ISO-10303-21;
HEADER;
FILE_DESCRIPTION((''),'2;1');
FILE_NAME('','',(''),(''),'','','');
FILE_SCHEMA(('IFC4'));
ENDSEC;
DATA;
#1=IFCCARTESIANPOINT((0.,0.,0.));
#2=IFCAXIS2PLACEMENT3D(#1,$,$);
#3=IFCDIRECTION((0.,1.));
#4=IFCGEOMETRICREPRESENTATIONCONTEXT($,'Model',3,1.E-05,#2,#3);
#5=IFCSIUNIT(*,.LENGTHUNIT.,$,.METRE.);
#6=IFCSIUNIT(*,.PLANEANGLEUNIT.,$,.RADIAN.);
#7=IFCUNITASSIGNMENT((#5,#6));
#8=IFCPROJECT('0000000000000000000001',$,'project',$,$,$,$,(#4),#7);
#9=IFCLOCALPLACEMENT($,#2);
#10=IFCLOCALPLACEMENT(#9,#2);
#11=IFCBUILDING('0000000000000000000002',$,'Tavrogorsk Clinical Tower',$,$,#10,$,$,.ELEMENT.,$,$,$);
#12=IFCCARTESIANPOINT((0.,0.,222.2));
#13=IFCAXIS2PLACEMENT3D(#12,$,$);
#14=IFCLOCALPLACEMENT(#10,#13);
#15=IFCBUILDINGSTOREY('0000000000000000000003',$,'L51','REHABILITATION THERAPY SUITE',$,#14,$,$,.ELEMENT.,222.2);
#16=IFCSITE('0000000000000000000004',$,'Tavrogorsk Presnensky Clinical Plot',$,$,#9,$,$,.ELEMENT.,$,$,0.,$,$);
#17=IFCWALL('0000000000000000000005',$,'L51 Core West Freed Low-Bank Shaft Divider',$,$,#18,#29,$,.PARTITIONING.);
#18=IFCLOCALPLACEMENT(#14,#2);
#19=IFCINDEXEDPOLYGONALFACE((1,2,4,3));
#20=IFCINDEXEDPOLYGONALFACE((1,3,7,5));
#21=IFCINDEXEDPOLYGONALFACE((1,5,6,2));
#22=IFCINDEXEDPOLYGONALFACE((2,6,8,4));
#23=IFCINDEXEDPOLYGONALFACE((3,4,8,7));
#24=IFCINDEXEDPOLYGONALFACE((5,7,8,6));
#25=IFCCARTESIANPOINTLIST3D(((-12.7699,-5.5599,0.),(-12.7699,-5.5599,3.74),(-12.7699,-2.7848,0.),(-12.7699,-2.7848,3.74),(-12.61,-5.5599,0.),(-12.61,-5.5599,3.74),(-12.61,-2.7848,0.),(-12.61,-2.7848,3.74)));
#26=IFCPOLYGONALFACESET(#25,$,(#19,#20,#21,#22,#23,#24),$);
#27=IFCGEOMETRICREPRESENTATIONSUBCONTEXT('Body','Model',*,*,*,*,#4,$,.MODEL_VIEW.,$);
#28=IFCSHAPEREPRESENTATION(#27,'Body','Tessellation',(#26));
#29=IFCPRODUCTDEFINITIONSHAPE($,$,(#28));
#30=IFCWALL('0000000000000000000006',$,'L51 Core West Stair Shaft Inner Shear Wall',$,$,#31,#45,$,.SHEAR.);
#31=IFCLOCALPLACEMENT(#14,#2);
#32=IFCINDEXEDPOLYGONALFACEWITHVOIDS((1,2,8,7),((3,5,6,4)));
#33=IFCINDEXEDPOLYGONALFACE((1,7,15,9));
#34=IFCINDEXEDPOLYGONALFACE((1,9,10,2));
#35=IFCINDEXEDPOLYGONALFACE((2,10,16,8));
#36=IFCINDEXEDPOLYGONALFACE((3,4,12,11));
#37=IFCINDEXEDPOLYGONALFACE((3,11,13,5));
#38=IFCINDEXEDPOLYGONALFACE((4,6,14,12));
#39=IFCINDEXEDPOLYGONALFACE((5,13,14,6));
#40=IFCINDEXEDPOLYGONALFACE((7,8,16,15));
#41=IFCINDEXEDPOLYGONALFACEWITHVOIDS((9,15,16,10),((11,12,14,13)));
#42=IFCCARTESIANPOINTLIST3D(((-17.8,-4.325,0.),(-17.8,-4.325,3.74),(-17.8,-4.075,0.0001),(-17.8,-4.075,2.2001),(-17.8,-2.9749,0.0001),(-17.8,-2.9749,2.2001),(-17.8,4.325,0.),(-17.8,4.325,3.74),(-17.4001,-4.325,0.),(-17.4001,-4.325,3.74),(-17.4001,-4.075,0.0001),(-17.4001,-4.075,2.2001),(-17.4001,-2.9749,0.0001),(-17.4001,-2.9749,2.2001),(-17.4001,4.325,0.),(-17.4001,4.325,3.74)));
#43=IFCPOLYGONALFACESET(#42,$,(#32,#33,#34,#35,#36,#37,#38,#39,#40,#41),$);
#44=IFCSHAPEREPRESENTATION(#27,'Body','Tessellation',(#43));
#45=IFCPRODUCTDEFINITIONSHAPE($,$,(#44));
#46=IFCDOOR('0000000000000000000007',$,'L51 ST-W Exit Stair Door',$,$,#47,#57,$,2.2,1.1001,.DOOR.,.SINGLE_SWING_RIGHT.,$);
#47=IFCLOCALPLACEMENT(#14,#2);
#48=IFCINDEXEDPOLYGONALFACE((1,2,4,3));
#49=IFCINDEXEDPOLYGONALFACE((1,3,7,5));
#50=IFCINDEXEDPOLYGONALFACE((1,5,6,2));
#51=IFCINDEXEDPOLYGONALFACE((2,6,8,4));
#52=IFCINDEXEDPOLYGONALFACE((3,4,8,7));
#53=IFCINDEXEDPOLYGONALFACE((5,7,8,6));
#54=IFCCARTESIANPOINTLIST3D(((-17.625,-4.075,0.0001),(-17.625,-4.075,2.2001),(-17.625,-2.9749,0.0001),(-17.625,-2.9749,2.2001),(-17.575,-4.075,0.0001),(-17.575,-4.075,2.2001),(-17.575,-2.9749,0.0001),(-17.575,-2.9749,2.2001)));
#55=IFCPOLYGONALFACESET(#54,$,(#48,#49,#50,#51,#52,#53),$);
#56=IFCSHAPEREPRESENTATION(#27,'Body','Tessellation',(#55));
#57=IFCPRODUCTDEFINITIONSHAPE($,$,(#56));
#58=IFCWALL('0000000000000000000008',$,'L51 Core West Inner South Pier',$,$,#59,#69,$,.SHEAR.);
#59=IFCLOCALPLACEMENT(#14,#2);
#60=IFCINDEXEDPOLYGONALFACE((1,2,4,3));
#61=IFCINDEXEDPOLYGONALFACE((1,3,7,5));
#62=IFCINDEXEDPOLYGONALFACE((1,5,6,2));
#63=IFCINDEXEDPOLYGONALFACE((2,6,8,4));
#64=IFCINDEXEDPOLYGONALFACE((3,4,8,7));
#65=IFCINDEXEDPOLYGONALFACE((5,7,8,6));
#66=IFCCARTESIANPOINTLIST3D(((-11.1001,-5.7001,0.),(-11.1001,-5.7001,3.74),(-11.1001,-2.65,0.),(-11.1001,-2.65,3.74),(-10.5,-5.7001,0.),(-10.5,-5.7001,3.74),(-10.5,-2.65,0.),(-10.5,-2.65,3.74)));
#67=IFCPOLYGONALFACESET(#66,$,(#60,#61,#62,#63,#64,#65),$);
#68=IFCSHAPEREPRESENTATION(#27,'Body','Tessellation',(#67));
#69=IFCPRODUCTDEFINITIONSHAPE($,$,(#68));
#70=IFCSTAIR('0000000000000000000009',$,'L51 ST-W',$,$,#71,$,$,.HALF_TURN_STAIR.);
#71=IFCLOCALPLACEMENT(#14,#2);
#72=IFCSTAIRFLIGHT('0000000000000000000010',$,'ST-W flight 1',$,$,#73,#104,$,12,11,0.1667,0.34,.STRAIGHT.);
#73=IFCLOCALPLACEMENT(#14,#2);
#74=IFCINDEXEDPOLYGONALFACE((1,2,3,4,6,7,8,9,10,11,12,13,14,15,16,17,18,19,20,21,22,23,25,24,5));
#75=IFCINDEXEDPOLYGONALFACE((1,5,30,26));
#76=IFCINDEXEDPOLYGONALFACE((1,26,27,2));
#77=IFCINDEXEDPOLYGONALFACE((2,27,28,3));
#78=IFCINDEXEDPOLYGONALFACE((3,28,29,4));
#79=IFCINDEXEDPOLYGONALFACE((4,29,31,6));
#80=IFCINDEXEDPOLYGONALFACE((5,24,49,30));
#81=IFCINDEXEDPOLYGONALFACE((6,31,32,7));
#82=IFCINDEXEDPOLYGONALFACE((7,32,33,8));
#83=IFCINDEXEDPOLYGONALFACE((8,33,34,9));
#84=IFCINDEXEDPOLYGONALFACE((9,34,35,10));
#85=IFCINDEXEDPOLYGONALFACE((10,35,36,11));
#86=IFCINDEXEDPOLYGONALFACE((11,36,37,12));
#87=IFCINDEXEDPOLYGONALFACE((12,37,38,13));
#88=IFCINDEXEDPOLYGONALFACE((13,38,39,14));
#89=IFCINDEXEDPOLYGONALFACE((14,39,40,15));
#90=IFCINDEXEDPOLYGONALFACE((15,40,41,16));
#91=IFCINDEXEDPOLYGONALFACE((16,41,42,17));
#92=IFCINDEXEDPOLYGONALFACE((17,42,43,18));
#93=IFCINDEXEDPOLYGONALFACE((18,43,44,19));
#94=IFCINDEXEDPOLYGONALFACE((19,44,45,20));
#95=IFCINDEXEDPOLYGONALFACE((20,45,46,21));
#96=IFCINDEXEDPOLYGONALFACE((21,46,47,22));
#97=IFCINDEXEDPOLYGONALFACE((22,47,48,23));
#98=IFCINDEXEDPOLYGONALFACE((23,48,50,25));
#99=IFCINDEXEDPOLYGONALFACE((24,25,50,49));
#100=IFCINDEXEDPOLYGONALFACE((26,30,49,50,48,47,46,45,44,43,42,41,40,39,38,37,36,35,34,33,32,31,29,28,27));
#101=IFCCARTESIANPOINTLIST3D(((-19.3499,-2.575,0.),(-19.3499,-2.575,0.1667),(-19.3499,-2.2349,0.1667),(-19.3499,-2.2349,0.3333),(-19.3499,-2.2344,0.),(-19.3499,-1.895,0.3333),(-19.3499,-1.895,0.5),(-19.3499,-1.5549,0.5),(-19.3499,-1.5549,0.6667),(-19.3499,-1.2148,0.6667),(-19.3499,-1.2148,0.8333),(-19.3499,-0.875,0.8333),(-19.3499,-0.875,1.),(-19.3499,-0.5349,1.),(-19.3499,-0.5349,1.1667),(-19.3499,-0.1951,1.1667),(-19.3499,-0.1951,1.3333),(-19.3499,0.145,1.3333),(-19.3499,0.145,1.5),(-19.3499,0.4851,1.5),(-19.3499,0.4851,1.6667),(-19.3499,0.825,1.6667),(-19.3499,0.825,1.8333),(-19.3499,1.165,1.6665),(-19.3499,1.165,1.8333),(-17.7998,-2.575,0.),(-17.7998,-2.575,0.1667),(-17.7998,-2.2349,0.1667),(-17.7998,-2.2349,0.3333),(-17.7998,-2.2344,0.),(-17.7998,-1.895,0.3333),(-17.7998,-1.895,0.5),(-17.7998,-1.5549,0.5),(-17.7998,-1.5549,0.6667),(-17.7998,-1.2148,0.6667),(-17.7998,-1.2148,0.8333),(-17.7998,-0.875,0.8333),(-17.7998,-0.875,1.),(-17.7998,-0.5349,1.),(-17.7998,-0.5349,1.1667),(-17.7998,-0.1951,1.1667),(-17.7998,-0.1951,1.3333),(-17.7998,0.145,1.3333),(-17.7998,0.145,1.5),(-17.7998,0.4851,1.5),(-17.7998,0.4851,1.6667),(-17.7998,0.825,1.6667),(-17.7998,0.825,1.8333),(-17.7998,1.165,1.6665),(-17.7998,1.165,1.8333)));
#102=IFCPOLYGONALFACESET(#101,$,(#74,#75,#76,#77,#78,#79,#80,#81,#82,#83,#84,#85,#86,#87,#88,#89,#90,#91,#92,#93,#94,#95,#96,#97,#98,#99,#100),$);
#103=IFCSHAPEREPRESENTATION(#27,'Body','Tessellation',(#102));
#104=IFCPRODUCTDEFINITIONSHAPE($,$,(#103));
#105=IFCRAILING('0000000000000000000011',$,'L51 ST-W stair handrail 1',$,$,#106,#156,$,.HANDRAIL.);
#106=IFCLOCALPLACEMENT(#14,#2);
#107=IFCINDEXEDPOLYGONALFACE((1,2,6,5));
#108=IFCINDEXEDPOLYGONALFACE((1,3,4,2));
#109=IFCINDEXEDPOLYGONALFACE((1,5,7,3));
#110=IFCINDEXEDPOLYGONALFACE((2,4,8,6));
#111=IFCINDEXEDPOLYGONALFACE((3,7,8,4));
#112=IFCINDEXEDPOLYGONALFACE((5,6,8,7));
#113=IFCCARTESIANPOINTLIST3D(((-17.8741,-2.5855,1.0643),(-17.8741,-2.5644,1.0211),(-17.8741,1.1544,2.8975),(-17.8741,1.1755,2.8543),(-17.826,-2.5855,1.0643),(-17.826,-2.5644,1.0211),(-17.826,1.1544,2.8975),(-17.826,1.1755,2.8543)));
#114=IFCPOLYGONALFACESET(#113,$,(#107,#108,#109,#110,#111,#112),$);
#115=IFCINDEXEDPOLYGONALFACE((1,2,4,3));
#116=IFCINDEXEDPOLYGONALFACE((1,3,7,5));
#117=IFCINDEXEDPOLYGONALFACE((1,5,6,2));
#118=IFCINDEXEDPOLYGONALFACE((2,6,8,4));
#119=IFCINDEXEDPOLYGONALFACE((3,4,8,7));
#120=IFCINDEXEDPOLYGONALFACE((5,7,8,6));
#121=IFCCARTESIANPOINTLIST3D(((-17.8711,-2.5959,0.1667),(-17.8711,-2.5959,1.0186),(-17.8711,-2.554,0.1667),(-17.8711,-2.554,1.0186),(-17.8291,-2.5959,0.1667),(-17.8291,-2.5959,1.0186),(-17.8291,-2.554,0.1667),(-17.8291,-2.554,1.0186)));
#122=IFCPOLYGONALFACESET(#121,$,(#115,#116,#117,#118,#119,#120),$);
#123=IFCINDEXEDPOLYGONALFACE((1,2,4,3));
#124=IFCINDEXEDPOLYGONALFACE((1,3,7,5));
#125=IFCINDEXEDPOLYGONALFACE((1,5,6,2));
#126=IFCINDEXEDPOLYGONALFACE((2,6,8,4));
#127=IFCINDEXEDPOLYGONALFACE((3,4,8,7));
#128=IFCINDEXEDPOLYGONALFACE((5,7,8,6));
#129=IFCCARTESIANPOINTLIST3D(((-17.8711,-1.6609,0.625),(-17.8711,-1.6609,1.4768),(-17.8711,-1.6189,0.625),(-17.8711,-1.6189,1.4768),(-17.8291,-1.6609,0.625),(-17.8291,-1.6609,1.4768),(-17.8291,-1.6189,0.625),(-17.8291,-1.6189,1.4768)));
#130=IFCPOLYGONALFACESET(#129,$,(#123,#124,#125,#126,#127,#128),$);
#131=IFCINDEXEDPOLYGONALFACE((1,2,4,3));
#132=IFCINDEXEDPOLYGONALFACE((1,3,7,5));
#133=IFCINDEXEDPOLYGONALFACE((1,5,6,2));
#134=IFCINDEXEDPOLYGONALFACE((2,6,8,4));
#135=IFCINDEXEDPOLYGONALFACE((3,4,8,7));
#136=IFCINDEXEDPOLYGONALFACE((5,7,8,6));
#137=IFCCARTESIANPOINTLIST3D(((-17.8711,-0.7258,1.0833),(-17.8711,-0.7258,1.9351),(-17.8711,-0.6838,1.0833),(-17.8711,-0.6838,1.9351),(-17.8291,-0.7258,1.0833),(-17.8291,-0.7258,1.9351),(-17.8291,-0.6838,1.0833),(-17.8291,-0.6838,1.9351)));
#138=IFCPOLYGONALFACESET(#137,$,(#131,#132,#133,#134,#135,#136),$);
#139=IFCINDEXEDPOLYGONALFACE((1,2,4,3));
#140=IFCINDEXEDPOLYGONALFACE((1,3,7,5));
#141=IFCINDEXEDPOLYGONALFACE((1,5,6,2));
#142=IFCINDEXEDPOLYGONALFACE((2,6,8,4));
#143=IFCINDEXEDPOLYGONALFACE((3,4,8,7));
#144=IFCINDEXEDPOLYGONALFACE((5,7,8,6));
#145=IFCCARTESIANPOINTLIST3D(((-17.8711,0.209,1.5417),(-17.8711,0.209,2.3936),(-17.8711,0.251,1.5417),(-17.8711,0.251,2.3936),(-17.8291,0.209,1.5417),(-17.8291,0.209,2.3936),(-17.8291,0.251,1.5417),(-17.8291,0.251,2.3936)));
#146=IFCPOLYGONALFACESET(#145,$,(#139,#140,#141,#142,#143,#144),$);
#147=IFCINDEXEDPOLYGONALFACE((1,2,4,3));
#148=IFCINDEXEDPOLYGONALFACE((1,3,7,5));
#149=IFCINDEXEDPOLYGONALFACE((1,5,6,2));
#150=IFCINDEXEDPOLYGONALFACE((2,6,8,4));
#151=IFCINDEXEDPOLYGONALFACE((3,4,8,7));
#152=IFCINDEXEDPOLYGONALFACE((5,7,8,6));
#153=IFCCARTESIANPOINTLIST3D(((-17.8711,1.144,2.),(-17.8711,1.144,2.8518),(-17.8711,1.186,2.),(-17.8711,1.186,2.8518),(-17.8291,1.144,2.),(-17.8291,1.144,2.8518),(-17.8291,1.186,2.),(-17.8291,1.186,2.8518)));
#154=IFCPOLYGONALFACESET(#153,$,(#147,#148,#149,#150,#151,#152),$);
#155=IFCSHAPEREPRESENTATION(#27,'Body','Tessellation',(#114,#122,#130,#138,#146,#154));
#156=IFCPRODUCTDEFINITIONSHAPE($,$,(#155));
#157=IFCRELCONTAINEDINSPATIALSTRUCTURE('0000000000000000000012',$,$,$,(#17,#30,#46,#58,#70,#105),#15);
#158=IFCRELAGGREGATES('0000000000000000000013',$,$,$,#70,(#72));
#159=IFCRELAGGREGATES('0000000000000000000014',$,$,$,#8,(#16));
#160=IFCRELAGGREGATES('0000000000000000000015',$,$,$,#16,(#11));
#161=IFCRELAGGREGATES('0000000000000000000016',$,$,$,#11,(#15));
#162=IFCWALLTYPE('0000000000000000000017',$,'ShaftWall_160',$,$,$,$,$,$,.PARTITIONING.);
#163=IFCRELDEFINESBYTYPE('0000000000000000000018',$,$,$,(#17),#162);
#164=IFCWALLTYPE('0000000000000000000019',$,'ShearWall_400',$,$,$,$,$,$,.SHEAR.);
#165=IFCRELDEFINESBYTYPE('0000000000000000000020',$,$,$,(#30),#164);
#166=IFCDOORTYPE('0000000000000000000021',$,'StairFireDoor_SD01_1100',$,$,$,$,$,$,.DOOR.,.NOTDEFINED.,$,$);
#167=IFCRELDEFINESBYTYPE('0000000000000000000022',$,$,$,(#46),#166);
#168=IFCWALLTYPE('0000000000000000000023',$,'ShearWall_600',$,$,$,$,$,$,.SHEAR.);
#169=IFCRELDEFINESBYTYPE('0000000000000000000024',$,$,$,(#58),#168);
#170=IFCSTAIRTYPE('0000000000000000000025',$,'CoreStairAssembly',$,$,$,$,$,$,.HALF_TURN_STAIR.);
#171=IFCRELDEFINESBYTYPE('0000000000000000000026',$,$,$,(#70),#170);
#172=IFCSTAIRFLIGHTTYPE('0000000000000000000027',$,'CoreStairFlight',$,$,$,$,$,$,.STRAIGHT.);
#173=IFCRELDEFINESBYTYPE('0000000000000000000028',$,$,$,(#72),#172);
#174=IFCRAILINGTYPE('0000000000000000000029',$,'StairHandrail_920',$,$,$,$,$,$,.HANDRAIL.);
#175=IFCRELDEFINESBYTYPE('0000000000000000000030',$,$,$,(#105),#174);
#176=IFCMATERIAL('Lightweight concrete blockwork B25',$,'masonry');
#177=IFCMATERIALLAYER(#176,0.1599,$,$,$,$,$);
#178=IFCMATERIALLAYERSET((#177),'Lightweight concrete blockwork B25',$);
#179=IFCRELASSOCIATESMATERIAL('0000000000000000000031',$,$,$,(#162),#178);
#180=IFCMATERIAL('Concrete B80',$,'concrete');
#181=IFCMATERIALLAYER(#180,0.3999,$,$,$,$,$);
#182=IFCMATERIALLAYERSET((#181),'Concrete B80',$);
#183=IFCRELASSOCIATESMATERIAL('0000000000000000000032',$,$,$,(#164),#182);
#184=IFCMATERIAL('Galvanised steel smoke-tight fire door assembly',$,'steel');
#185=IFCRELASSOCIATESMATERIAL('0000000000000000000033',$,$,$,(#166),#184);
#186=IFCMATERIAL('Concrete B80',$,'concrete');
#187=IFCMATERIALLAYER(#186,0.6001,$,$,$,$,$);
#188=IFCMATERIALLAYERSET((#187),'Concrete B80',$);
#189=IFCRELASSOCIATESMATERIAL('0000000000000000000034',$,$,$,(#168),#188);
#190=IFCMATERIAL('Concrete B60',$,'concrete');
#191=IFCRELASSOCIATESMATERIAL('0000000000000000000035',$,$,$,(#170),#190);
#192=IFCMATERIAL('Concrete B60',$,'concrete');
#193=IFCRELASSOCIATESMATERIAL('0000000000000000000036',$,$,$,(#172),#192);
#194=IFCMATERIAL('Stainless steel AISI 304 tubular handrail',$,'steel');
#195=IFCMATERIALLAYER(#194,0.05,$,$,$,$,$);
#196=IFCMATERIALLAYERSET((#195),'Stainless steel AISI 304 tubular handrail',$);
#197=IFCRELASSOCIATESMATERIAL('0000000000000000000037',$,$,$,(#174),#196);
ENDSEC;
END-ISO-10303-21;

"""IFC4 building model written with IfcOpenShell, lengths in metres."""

from ifc_helpers import new_model, si_unit, direction, frame, frame_2d, origin, origin_2d, place, context, subcontext, project, spatial, polyline, rectangle, outline, extrude, material, layer, layer_set, type_object, element, fill, aggregate, save


model = new_model("IFC4")

# Units and contexts
model_context = context("Model", 3, precision=1e-05, world=origin(), true_north=direction((0.0, 1.0)))
body_context = subcontext(model_context, "Body", "Model", "MODEL_VIEW")
ifc_project = project(units=[si_unit("LENGTHUNIT", "METRE"), si_unit("PLANEANGLEUNIT", "RADIAN")], contexts=[model_context])

# Site, building, storey
site_placement = place(None, origin())
site = spatial("IfcSite", under=ifc_project, at=site_placement, Name="Tavrogorsk Presnensky Clinical Plot", CompositionType="ELEMENT", RefElevation=0.0)
building_placement = place(site_placement, origin())
building = spatial("IfcBuilding", under=site, at=building_placement, Name="Tavrogorsk Clinical Tower", CompositionType="ELEMENT")
storey_placement = place(building_placement, frame((0.0, 0.0, 222.2)))
storey = spatial("IfcBuildingStorey", under=building, at=storey_placement, Name="L51", Description="REHABILITATION THERAPY SUITE", CompositionType="ELEMENT", Elevation=222.2)

# Shared definitions
ifc_material_1 = material(Name="Lightweight concrete blockwork B25", Category="masonry")
ifc_layer_1 = layer(ifc_material_1, 0.1599)
ifc_layer_set_1 = layer_set([ifc_layer_1], Name="Lightweight concrete blockwork B25")
wall_type_1 = type_object("IfcWallType", Name="ShaftWall_160", PredefinedType="PARTITIONING", material=ifc_layer_set_1)

# Wall
wall_1_placement = place(storey_placement, frame((-12.6899, -5.5601, 0.0), z_axis=(0.0, 0.0, 1.0), x_axis=(0.0, 1.0, 0.0)))
element("IfcWall", 1, at=wall_1_placement, inside=storey, type_object=wall_type_1, Name="L51 Core West Freed Low-Bank Shaft Divider", PredefinedType="PARTITIONING", context=body_context, shape_type="SweptSolid", body=[
    extrude(rectangle(XDim=2.7751, YDim=0.1599, at=frame_2d((1.3877, 0.0))), origin(), (0.0, 0.0, 1.0), 3.74),
])

# Wall, opening, door
ifc_material_2 = material(Name="Concrete B80", Category="concrete")
ifc_layer_2 = layer(ifc_material_2, 0.3999)
ifc_layer_set_2 = layer_set([ifc_layer_2], Name="Concrete B80")
wall_type_2 = type_object("IfcWallType", Name="ShearWall_400", PredefinedType="SHEAR", material=ifc_layer_set_2)
wall_2_placement = place(storey_placement, frame((-17.6001, -4.325, 0.0), z_axis=(0.0, 0.0, 1.0), x_axis=(0.0, 1.0, 0.0)))
wall_2 = element("IfcWall", 2, at=wall_2_placement, inside=storey, type_object=wall_type_2, Name="L51 Core West Stair Shaft Inner Shear Wall", PredefinedType="SHEAR", context=body_context, shape_type="SweptSolid", body=[
    extrude(rectangle(XDim=8.6499, YDim=0.3999, at=frame_2d((4.325, 0.0))), origin(), (0.0, 0.0, 1.0), 3.74),
])
opening_1_placement = place(wall_2_placement, frame((0.25, 0.0, 0.0)))
opening_1 = element("IfcOpeningElement", 3, at=opening_1_placement, cuts=wall_2, PredefinedType="OPENING", context=body_context, shape_type="SweptSolid", body=[
    extrude(rectangle(XDim=1.1001, YDim=2.2, at=frame_2d((0.55, 1.1001))), frame((0.0, 0.21, 0.0), z_axis=(0.0, -1.0, 0.0), x_axis=(1.0, 0.0, 0.0)), (0.0, 0.0, 1.0), 0.4199),
])
ifc_material_3 = material(Name="Galvanised steel smoke-tight fire door assembly", Category="steel")
door_type_1 = type_object("IfcDoorType", Name="StairFireDoor_SD01_1100", OperationType="NOTDEFINED", PredefinedType="DOOR", material=ifc_material_3)
door_1_placement = place(opening_1_placement, origin())
door_1 = element("IfcDoor", 4, at=door_1_placement, inside=storey, type_object=door_type_1, Name="L51 ST-W Exit Stair Door", OperationType="SINGLE_SWING_RIGHT", OverallHeight=2.2, OverallWidth=1.1001, PredefinedType="DOOR", context=body_context, shape_type="SweptSolid", body=[
    extrude(rectangle(XDim=1.1001, YDim=2.2, at=frame_2d((0.55, 1.1001))), frame((0.0, 0.0249, 0.0), z_axis=(0.0, -1.0, 0.0), x_axis=(1.0, 0.0, 0.0)), (0.0, 0.0, 1.0), 0.05),
])
fill(opening_1, door_1)

# Wall
ifc_material_4 = material(Name="Concrete B80", Category="concrete")
ifc_layer_3 = layer(ifc_material_4, 0.6001)
ifc_layer_set_3 = layer_set([ifc_layer_3], Name="Concrete B80")
wall_type_3 = type_object("IfcWallType", Name="ShearWall_600", PredefinedType="SHEAR", material=ifc_layer_set_3)
wall_3_placement = place(storey_placement, frame((-10.8, -5.7, 0.0), z_axis=(0.0, 0.0, 1.0), x_axis=(0.0, 1.0, 0.0)))
element("IfcWall", 5, at=wall_3_placement, inside=storey, type_object=wall_type_3, Name="L51 Core West Inner South Pier", PredefinedType="SHEAR", context=body_context, shape_type="SweptSolid", body=[
    extrude(rectangle(XDim=3.05, YDim=0.6001, at=frame_2d((1.5249, 0.0))), origin(), (0.0, 0.0, 1.0), 3.74),
])

# Stair, stair flight
ifc_material_5 = material(Name="Concrete B60", Category="concrete")
stair_type = type_object("IfcStairType", Name="CoreStairAssembly", PredefinedType="HALF_TURN_STAIR", material=ifc_material_5)
stair_placement = place(storey_placement, origin())
stair = element("IfcStair", 6, at=stair_placement, inside=storey, type_object=stair_type, Name="L51 ST-W", PredefinedType="HALF_TURN_STAIR")
ifc_material_6 = material(Name="Concrete B60", Category="concrete")
stair_flight_type = type_object("IfcStairFlightType", Name="CoreStairFlight", PredefinedType="STRAIGHT", material=ifc_material_6)
stair_flight_placement = place(storey_placement, frame((-18.575, -2.575, 0.0), z_axis=(0.0, 0.0, 1.0), x_axis=(0.0, 1.0, 0.0)))
stair_flight = element("IfcStairFlight", 7, at=stair_flight_placement, type_object=stair_flight_type, Name="ST-W flight 1", NumberOfRisers=12, NumberOfTreads=11, PredefinedType="STRAIGHT", RiserHeight=0.1667, TreadLength=0.34, context=body_context, shape_type="SweptSolid", body=[
    extrude(outline(polyline([(0.0, 0.0), (0.0, 0.1667), (0.3401, 0.1667), (0.3401, 0.3333), (0.6799, 0.3333), (0.6799, 0.5), (1.02, 0.5), (1.02, 0.6667), (1.3601, 0.6667), (1.3601, 0.8333), (1.7, 0.8333), (1.7, 1.0), (2.04, 1.0), (2.04, 1.1667), (2.3799, 1.1667), (2.3799, 1.3333), (2.72, 1.3333), (2.72, 1.5), (3.0601, 1.5), (3.0601, 1.6667), (3.3999, 1.6667), (3.3999, 1.8333), (3.74, 1.8333), (3.74, 2.0), (3.74, 1.6665), (0.3406, 0.0), (0.0, 0.0)])), frame((0.0, 0.7749, 0.0), z_axis=(0.0, -1.0, 0.0), x_axis=(1.0, 0.0, 0.0)), (0.0, 0.0, 1.0), 1.55),
])
aggregate(stair, [stair_flight])

# Railing
ifc_material_7 = material(Name="Stainless steel AISI 304 tubular handrail", Category="steel")
ifc_layer_4 = layer(ifc_material_7, 0.05)
ifc_layer_set_4 = layer_set([ifc_layer_4], Name="Stainless steel AISI 304 tubular handrail")
railing_type = type_object("IfcRailingType", Name="StairHandrail_920", PredefinedType="HANDRAIL", material=ifc_layer_set_4)
railing_placement = place(storey_placement, frame((-17.8501, -2.575, 0.1667)))
element("IfcRailing", 8, at=railing_placement, inside=storey, type_object=railing_type, Name="L51 ST-W stair handrail 1", PredefinedType="HANDRAIL", context=body_context, shape_type="SweptSolid", body=[
    extrude(rectangle(XDim=0.0481, YDim=0.0481, at=origin_2d()), frame((0.0, 0.0, 0.876), z_axis=(0.0, 0.897928, 0.440142), x_axis=(-1.0, 0.0, 0.0)), (0.0, 0.0, 1.0), 4.165),
    extrude(rectangle(XDim=0.042, YDim=0.042, at=origin_2d()), origin(), (0.0, 0.0, 1.0), 0.8518),
    extrude(rectangle(XDim=0.042, YDim=0.042, at=origin_2d()), frame((0.0, 0.9351, 0.4583)), (0.0, 0.0, 1.0), 0.8518),
    extrude(rectangle(XDim=0.042, YDim=0.042, at=origin_2d()), frame((0.0, 1.8701, 0.9165)), (0.0, 0.0, 1.0), 0.8518),
    extrude(rectangle(XDim=0.042, YDim=0.042, at=origin_2d()), frame((0.0, 2.8049, 1.375)), (0.0, 0.0, 1.0), 0.8518),
    extrude(rectangle(XDim=0.042, YDim=0.042, at=origin_2d()), frame((0.0, 3.74, 1.8333)), (0.0, 0.0, 1.0), 0.8518),
])

save(model, "model.ifc")
